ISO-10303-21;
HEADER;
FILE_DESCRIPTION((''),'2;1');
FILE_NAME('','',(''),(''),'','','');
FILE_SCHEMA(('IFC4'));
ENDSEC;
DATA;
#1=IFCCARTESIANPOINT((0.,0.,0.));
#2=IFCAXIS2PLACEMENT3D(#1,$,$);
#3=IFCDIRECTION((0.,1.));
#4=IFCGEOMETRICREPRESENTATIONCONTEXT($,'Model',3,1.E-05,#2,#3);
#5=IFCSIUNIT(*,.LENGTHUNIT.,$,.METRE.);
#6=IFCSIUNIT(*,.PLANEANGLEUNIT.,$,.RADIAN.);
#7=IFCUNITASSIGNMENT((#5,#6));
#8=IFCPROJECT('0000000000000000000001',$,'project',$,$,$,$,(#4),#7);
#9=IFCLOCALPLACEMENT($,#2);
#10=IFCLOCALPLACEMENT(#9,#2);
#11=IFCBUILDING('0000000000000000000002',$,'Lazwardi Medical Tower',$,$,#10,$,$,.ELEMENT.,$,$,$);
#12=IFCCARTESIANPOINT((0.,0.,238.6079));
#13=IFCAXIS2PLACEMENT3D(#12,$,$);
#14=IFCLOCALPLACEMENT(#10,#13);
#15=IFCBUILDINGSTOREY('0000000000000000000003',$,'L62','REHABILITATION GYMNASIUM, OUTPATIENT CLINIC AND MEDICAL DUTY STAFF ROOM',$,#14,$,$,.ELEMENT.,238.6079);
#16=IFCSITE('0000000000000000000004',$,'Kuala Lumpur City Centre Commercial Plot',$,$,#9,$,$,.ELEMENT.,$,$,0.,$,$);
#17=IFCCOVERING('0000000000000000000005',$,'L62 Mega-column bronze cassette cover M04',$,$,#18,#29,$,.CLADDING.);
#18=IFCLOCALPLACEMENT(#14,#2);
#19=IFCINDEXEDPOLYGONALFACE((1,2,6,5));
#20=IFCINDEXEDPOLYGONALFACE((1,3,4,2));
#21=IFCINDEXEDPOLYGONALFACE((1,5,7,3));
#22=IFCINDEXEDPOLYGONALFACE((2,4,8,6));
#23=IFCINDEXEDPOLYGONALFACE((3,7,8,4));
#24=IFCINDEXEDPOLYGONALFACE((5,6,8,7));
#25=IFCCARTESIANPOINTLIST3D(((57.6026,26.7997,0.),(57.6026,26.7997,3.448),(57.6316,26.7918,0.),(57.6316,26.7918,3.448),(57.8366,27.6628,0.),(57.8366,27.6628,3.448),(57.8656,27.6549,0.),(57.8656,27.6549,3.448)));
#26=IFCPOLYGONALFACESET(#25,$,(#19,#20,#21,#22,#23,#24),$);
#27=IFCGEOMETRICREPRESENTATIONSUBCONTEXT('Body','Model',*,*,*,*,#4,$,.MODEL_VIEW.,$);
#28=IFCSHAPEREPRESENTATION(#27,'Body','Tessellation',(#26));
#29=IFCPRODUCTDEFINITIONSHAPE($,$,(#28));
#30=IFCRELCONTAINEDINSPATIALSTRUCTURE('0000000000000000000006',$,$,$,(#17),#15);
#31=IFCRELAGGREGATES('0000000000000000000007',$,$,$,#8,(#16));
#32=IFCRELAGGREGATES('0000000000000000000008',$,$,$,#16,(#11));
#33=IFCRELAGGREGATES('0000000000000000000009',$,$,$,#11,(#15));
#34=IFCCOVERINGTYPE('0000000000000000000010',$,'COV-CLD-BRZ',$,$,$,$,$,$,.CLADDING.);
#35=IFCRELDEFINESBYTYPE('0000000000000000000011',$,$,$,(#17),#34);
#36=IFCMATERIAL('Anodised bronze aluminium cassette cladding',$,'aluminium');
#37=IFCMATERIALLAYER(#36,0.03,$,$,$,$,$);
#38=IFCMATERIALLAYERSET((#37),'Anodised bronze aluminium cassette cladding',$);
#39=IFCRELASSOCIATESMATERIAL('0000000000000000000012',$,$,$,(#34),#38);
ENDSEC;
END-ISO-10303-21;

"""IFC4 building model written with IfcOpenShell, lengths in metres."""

from ifc_helpers import new_model, si_unit, direction, frame, origin, origin_2d, place, context, subcontext, project, spatial, rectangle, extrude, material, layer, layer_set, type_object, element, save


model = new_model("IFC4")

# Units and contexts
model_context = context("Model", 3, precision=1e-05, world=origin(), true_north=direction((0.0, 1.0)))
body_context = subcontext(model_context, "Body", "Model", "MODEL_VIEW")
ifc_project = project(units=[si_unit("LENGTHUNIT", "METRE"), si_unit("PLANEANGLEUNIT", "RADIAN")], contexts=[model_context])

# Site, building, storey
site_placement = place(None, origin())
site = spatial("IfcSite", under=ifc_project, at=site_placement, Name="Kuala Lumpur City Centre Commercial Plot", CompositionType="ELEMENT", RefElevation=0.0)
building_placement = place(site_placement, origin())
building = spatial("IfcBuilding", under=site, at=building_placement, Name="Lazwardi Medical Tower", CompositionType="ELEMENT")
storey_placement = place(building_placement, frame((0.0, 0.0, 238.6079)))
storey = spatial("IfcBuildingStorey", under=building, at=storey_placement, Name="L62", Description="REHABILITATION GYMNASIUM, OUTPATIENT CLINIC AND MEDICAL DUTY STAFF ROOM", CompositionType="ELEMENT", Elevation=238.6079)

# Covering
ifc_material_1 = material(Name="Anodised bronze aluminium cassette cladding", Category="aluminium")
ifc_layer_1 = layer(ifc_material_1, 0.03)
ifc_layer_set_1 = layer_set([ifc_layer_1], Name="Anodised bronze aluminium cassette cladding")
covering_type = type_object("IfcCoveringType", Name="COV-CLD-BRZ", PredefinedType="CLADDING", material=ifc_layer_set_1)
covering_1_placement = place(storey_placement, frame((57.7341, 27.2273, 0.0), z_axis=(0.0, 0.0, 1.0), x_axis=(0.261642, 0.965165, 0.0)))
element("IfcCovering", 1, at=covering_1_placement, inside=storey, type_object=covering_type, Name="L62 Mega-column bronze cassette cover M04", PredefinedType="CLADDING", context=body_context, shape_type="SweptSolid", body=[
    extrude(rectangle(XDim=0.8943, YDim=0.03, at=origin_2d()), origin(), (0.0, 0.0, 1.0), 3.448),
])

save(model, "model.ifc")
